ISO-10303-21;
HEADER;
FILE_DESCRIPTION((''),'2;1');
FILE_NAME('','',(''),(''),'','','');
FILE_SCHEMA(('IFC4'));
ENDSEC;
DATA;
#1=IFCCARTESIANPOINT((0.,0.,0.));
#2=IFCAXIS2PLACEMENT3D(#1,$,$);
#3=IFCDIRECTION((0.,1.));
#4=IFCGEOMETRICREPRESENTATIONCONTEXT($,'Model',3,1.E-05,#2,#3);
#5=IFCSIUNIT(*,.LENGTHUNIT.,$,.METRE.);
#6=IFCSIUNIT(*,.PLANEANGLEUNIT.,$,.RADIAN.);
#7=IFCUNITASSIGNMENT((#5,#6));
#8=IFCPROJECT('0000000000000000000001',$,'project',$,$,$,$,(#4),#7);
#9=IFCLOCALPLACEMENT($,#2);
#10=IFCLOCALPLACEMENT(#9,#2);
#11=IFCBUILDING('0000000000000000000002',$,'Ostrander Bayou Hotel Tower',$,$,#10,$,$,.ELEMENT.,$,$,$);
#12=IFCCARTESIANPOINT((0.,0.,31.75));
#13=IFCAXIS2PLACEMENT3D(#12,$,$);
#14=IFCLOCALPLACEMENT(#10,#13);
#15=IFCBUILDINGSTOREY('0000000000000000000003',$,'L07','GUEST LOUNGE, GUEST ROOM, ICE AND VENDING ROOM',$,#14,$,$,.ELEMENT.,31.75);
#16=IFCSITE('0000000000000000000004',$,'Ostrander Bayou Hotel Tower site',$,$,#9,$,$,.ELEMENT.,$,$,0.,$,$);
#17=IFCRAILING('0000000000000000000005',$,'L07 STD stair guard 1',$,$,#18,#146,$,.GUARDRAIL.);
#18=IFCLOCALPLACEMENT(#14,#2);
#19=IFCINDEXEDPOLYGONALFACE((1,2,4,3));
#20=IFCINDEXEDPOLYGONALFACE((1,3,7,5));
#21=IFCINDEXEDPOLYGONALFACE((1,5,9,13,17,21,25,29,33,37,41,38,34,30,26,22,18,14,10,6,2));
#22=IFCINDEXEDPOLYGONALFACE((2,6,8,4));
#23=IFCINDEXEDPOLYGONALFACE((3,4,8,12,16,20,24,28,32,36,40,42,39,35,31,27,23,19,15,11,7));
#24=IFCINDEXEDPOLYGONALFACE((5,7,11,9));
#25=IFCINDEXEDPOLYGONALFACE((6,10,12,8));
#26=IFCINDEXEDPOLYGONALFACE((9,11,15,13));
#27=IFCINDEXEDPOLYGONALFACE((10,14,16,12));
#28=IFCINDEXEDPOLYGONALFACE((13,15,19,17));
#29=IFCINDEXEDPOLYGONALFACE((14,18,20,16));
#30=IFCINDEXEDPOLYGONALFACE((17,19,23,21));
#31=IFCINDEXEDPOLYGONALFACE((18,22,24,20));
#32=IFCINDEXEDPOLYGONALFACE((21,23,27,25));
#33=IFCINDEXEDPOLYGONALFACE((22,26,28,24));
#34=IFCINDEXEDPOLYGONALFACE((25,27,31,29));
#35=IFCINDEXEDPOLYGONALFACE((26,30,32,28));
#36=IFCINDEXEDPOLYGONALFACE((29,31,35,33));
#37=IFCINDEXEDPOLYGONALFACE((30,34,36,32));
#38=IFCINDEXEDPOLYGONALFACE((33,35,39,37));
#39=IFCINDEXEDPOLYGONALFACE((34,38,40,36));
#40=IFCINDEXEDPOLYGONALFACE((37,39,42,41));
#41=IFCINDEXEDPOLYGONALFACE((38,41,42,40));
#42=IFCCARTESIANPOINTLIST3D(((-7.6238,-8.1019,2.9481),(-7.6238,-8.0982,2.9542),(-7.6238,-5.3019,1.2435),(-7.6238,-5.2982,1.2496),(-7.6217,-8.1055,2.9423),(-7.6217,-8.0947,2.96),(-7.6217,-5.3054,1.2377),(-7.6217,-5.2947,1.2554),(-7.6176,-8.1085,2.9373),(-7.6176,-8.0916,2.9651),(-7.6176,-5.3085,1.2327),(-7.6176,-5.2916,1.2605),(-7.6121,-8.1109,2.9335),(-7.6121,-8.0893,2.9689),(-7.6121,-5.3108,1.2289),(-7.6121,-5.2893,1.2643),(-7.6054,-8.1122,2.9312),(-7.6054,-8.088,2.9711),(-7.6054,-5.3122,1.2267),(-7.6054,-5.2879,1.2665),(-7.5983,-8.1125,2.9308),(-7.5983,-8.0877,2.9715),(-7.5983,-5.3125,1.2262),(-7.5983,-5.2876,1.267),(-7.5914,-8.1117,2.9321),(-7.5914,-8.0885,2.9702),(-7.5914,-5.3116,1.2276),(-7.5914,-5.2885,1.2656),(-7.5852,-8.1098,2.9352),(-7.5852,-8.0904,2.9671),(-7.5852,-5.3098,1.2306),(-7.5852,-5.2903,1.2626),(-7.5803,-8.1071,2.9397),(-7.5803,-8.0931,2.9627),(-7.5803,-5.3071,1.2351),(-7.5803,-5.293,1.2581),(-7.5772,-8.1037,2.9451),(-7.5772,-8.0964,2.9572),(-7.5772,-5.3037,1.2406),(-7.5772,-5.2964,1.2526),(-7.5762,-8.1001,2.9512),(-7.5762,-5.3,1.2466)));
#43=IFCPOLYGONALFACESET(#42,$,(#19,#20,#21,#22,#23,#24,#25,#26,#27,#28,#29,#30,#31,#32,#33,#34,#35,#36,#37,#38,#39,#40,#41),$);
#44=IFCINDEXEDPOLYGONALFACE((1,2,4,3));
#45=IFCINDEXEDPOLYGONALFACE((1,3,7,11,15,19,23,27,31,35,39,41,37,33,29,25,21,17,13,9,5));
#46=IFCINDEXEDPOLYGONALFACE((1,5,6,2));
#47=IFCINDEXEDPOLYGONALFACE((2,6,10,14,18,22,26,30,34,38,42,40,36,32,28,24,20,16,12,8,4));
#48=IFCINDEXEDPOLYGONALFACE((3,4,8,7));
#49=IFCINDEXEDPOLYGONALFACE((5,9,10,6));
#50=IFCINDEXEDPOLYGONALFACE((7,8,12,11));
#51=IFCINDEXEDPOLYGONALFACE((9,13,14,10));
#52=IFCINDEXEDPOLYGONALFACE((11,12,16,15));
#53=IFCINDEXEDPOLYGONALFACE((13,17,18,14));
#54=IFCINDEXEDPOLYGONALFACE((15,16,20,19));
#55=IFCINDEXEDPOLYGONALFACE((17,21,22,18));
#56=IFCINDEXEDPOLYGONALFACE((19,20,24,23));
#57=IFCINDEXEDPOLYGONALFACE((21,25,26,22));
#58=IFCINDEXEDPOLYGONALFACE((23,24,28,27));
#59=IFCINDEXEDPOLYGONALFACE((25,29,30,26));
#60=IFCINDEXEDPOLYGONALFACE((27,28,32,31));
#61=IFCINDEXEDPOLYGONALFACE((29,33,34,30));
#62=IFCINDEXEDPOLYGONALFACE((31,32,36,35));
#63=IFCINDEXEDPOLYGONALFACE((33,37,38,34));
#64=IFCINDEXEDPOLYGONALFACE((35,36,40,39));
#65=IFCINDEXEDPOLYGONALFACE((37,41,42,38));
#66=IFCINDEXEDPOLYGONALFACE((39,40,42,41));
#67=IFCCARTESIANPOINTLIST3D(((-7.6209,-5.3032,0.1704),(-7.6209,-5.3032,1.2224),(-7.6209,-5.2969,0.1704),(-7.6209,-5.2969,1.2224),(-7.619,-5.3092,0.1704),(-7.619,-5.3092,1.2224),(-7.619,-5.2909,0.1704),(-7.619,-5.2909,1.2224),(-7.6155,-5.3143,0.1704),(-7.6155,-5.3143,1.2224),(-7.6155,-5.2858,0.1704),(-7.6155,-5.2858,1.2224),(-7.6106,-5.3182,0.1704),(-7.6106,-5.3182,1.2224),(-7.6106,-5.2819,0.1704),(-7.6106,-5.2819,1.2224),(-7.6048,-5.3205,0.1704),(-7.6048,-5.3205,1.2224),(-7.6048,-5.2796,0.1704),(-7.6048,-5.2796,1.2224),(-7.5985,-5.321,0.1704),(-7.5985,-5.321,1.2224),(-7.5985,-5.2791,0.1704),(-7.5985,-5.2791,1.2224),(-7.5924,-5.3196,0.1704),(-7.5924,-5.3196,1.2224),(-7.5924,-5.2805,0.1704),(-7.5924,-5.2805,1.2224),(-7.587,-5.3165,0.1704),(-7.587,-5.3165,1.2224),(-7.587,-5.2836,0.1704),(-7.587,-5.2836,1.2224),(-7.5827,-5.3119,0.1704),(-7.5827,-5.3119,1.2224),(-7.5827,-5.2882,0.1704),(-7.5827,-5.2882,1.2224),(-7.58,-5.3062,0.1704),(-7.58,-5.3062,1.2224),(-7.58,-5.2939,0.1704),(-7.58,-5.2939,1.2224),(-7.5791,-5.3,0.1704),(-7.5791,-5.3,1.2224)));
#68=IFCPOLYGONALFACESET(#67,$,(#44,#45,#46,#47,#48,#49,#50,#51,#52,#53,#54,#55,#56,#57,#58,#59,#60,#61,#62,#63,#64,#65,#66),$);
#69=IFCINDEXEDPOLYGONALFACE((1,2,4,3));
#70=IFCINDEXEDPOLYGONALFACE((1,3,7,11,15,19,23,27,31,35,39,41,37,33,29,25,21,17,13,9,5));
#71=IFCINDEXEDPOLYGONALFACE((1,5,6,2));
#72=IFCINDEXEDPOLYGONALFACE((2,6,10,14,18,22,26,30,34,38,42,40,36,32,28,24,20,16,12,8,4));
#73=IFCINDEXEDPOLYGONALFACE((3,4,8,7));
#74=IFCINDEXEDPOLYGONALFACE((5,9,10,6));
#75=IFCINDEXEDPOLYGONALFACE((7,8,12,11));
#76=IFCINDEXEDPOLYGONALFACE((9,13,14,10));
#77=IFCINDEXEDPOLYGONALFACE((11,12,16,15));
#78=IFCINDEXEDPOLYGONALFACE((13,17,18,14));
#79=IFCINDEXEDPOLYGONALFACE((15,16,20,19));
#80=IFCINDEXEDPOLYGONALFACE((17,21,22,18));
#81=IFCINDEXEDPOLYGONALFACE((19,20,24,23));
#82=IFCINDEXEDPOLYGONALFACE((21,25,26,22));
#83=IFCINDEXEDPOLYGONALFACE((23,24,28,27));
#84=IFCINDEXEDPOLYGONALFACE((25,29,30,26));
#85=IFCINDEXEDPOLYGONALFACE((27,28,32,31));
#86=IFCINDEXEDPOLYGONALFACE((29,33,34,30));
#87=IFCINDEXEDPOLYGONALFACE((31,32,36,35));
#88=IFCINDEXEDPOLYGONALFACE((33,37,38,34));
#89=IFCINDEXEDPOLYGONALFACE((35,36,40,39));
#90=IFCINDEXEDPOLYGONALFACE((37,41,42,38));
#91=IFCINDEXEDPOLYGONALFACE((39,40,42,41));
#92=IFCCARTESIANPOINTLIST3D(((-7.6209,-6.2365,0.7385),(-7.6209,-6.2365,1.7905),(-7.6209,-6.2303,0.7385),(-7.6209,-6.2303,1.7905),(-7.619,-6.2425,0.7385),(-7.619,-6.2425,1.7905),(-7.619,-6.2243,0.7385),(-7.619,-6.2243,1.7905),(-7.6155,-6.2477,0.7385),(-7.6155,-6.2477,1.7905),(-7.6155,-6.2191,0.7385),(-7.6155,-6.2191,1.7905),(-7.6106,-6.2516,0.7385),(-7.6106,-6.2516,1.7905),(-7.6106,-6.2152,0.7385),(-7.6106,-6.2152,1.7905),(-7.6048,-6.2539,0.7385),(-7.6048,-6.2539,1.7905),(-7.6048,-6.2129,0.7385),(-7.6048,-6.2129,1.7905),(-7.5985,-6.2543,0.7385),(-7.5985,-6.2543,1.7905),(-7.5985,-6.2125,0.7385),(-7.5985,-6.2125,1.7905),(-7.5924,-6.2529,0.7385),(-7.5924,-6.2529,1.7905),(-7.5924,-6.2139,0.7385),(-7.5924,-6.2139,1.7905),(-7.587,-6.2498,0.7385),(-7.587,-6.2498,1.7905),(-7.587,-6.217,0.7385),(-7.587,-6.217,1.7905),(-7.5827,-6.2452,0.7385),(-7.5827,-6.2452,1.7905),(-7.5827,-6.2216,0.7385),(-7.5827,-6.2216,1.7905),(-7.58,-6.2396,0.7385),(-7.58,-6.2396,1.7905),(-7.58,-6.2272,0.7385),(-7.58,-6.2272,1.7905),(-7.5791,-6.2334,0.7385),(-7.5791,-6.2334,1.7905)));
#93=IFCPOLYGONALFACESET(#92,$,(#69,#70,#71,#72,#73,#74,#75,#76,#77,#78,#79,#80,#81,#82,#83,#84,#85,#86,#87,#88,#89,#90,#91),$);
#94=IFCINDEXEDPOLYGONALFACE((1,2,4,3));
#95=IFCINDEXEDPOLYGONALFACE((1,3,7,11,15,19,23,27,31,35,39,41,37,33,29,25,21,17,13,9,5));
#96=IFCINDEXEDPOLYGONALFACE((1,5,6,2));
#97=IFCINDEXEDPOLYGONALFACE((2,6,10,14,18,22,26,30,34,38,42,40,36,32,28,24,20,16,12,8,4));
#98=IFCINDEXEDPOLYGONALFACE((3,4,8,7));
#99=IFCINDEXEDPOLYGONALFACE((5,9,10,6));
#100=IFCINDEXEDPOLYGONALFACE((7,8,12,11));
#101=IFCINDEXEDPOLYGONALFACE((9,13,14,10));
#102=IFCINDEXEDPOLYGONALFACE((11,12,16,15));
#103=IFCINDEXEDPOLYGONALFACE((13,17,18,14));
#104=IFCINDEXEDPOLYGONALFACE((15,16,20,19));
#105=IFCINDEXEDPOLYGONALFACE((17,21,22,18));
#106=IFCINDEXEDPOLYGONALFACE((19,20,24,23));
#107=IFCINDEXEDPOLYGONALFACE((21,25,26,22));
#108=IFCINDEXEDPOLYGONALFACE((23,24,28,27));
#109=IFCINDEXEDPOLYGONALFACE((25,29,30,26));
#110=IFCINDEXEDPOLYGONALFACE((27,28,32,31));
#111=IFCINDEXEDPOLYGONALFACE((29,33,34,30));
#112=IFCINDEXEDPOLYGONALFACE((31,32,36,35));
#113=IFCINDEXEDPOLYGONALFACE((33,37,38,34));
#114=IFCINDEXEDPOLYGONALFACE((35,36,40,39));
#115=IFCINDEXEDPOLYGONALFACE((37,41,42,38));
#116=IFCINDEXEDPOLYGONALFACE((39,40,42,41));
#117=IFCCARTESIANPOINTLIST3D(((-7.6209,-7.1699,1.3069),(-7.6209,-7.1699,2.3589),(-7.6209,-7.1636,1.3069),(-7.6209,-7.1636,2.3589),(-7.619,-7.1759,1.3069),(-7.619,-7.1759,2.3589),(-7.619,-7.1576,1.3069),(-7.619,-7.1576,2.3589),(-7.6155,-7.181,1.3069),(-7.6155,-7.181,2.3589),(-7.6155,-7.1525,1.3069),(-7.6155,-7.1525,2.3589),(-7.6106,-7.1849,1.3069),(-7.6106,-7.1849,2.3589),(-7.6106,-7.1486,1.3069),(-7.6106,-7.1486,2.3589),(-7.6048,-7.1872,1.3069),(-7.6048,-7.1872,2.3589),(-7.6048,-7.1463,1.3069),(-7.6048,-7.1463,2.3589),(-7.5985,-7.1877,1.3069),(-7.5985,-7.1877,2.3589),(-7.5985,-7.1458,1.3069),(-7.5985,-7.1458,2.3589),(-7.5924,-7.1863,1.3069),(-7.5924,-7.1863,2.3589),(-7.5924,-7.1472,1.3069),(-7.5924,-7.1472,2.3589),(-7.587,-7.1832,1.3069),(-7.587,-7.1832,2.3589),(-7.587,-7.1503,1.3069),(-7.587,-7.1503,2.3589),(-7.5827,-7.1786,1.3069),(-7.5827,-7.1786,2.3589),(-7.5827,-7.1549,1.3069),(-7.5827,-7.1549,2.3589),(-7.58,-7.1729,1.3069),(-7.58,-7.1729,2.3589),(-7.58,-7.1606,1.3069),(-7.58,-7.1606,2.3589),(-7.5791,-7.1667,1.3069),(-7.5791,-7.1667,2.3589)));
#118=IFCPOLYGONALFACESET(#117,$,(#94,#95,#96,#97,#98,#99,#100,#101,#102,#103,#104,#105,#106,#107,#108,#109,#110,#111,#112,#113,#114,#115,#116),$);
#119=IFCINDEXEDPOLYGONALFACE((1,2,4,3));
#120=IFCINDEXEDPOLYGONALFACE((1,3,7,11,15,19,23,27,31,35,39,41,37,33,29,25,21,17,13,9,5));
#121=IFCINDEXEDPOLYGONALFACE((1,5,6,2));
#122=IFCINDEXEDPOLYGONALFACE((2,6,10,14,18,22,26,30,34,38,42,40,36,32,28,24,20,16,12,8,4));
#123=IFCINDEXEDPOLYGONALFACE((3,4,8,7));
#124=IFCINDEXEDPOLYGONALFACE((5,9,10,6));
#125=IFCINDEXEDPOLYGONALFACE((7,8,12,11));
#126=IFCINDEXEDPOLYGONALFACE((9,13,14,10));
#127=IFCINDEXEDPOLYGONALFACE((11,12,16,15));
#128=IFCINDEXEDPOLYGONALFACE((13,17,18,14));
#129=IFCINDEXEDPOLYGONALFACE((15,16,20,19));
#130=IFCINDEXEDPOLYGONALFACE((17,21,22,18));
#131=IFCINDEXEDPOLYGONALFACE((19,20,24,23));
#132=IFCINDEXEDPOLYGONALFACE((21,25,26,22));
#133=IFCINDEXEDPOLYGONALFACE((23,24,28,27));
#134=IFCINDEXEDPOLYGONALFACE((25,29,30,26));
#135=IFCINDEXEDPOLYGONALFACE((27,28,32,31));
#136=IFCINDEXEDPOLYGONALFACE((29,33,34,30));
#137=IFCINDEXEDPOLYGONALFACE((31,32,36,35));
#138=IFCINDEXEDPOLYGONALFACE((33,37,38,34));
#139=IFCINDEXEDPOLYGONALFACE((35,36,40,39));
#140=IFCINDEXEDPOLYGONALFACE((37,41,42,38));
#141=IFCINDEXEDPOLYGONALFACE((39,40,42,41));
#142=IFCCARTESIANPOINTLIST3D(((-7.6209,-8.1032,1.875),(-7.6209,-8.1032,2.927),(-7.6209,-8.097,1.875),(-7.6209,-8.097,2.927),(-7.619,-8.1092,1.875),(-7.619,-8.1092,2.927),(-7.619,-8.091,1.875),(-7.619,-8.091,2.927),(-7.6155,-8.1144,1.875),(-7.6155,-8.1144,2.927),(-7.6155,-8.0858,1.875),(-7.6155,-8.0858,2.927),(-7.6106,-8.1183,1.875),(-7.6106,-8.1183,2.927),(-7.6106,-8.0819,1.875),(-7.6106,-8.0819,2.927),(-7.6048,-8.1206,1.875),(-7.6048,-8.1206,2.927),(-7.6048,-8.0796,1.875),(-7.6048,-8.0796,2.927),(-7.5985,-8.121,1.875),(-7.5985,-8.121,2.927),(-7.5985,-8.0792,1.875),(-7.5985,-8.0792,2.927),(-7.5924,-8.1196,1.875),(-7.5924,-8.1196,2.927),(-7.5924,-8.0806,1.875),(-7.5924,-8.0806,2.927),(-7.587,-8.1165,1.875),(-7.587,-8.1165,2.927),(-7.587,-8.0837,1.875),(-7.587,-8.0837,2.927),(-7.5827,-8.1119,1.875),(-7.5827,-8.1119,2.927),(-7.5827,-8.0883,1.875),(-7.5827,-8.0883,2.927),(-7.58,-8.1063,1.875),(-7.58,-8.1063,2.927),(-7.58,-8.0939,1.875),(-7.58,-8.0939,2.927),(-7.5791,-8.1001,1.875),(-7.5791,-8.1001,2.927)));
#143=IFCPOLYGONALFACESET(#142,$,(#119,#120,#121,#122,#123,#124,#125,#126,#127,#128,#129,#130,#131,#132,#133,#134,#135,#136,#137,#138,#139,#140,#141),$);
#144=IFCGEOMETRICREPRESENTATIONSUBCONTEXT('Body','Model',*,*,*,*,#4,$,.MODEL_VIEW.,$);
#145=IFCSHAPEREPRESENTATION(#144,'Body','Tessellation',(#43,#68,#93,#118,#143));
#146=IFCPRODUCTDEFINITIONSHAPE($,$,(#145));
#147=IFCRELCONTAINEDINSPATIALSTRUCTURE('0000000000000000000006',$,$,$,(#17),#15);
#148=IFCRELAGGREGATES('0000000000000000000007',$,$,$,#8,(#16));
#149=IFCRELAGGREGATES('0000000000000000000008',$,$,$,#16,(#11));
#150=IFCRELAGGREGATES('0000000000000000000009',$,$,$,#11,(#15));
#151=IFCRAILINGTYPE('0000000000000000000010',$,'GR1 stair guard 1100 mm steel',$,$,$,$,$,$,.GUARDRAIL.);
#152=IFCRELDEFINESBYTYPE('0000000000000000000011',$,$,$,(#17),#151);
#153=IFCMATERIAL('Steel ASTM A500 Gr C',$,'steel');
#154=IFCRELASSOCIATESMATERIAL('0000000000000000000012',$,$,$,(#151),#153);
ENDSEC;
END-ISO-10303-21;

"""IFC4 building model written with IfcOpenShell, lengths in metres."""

from ifc_helpers import new_model, si_unit, direction, frame, origin, origin_2d, place, context, subcontext, project, spatial, circle, extrude, material, type_object, element, save


model = new_model("IFC4")

# Units and contexts
model_context = context("Model", 3, precision=1e-05, world=origin(), true_north=direction((0.0, 1.0)))
body_context = subcontext(model_context, "Body", "Model", "MODEL_VIEW")
ifc_project = project(units=[si_unit("LENGTHUNIT", "METRE"), si_unit("PLANEANGLEUNIT", "RADIAN")], contexts=[model_context])

# Site, building, storey
site_placement = place(None, origin())
site = spatial("IfcSite", under=ifc_project, at=site_placement, Name="Ostrander Bayou Hotel Tower site", CompositionType="ELEMENT", RefElevation=0.0)
building_placement = place(site_placement, origin())
building = spatial("IfcBuilding", under=site, at=building_placement, Name="Ostrander Bayou Hotel Tower", CompositionType="ELEMENT")
storey_placement = place(building_placement, frame((0.0, 0.0, 31.75)))
storey = spatial("IfcBuildingStorey", under=building, at=storey_placement, Name="L07", Description="GUEST LOUNGE, GUEST ROOM, ICE AND VENDING ROOM", CompositionType="ELEMENT", Elevation=31.75)

# Railing
ifc_material_1 = material(Name="Steel ASTM A500 Gr C", Category="steel")
railing_type_1 = type_object("IfcRailingType", Name="GR1 stair guard 1100 mm steel", PredefinedType="GUARDRAIL", material=ifc_material_1)
railing_1_placement = place(storey_placement, frame((-7.6001, -5.3, 0.1704)))
element("IfcRailing", 1, at=railing_1_placement, inside=storey, type_object=railing_type_1, Name="L07 STD stair guard 1", PredefinedType="GUARDRAIL", context=body_context, shape_type="SweptSolid", body=[
    extrude(circle(Radius=0.0239, at=origin_2d()), frame((0.0, 0.0, 1.0762), z_axis=(0.0, -0.85417, 0.519994), x_axis=(1.0, 0.0, 0.0)), (0.0, 0.0, 1.0), 3.2781),
    extrude(circle(Radius=0.021, at=origin_2d()), origin(), (0.0, 0.0, 1.0), 1.052),
    extrude(circle(Radius=0.021, at=origin_2d()), frame((0.0, -0.9333, 0.5681)), (0.0, 0.0, 1.0), 1.052),
    extrude(circle(Radius=0.021, at=origin_2d()), frame((0.0, -1.8667, 1.1365)), (0.0, 0.0, 1.0), 1.052),
    extrude(circle(Radius=0.021, at=origin_2d()), frame((0.0, -2.8, 1.7046)), (0.0, 0.0, 1.0), 1.052),
])

save(model, "model.ifc")
